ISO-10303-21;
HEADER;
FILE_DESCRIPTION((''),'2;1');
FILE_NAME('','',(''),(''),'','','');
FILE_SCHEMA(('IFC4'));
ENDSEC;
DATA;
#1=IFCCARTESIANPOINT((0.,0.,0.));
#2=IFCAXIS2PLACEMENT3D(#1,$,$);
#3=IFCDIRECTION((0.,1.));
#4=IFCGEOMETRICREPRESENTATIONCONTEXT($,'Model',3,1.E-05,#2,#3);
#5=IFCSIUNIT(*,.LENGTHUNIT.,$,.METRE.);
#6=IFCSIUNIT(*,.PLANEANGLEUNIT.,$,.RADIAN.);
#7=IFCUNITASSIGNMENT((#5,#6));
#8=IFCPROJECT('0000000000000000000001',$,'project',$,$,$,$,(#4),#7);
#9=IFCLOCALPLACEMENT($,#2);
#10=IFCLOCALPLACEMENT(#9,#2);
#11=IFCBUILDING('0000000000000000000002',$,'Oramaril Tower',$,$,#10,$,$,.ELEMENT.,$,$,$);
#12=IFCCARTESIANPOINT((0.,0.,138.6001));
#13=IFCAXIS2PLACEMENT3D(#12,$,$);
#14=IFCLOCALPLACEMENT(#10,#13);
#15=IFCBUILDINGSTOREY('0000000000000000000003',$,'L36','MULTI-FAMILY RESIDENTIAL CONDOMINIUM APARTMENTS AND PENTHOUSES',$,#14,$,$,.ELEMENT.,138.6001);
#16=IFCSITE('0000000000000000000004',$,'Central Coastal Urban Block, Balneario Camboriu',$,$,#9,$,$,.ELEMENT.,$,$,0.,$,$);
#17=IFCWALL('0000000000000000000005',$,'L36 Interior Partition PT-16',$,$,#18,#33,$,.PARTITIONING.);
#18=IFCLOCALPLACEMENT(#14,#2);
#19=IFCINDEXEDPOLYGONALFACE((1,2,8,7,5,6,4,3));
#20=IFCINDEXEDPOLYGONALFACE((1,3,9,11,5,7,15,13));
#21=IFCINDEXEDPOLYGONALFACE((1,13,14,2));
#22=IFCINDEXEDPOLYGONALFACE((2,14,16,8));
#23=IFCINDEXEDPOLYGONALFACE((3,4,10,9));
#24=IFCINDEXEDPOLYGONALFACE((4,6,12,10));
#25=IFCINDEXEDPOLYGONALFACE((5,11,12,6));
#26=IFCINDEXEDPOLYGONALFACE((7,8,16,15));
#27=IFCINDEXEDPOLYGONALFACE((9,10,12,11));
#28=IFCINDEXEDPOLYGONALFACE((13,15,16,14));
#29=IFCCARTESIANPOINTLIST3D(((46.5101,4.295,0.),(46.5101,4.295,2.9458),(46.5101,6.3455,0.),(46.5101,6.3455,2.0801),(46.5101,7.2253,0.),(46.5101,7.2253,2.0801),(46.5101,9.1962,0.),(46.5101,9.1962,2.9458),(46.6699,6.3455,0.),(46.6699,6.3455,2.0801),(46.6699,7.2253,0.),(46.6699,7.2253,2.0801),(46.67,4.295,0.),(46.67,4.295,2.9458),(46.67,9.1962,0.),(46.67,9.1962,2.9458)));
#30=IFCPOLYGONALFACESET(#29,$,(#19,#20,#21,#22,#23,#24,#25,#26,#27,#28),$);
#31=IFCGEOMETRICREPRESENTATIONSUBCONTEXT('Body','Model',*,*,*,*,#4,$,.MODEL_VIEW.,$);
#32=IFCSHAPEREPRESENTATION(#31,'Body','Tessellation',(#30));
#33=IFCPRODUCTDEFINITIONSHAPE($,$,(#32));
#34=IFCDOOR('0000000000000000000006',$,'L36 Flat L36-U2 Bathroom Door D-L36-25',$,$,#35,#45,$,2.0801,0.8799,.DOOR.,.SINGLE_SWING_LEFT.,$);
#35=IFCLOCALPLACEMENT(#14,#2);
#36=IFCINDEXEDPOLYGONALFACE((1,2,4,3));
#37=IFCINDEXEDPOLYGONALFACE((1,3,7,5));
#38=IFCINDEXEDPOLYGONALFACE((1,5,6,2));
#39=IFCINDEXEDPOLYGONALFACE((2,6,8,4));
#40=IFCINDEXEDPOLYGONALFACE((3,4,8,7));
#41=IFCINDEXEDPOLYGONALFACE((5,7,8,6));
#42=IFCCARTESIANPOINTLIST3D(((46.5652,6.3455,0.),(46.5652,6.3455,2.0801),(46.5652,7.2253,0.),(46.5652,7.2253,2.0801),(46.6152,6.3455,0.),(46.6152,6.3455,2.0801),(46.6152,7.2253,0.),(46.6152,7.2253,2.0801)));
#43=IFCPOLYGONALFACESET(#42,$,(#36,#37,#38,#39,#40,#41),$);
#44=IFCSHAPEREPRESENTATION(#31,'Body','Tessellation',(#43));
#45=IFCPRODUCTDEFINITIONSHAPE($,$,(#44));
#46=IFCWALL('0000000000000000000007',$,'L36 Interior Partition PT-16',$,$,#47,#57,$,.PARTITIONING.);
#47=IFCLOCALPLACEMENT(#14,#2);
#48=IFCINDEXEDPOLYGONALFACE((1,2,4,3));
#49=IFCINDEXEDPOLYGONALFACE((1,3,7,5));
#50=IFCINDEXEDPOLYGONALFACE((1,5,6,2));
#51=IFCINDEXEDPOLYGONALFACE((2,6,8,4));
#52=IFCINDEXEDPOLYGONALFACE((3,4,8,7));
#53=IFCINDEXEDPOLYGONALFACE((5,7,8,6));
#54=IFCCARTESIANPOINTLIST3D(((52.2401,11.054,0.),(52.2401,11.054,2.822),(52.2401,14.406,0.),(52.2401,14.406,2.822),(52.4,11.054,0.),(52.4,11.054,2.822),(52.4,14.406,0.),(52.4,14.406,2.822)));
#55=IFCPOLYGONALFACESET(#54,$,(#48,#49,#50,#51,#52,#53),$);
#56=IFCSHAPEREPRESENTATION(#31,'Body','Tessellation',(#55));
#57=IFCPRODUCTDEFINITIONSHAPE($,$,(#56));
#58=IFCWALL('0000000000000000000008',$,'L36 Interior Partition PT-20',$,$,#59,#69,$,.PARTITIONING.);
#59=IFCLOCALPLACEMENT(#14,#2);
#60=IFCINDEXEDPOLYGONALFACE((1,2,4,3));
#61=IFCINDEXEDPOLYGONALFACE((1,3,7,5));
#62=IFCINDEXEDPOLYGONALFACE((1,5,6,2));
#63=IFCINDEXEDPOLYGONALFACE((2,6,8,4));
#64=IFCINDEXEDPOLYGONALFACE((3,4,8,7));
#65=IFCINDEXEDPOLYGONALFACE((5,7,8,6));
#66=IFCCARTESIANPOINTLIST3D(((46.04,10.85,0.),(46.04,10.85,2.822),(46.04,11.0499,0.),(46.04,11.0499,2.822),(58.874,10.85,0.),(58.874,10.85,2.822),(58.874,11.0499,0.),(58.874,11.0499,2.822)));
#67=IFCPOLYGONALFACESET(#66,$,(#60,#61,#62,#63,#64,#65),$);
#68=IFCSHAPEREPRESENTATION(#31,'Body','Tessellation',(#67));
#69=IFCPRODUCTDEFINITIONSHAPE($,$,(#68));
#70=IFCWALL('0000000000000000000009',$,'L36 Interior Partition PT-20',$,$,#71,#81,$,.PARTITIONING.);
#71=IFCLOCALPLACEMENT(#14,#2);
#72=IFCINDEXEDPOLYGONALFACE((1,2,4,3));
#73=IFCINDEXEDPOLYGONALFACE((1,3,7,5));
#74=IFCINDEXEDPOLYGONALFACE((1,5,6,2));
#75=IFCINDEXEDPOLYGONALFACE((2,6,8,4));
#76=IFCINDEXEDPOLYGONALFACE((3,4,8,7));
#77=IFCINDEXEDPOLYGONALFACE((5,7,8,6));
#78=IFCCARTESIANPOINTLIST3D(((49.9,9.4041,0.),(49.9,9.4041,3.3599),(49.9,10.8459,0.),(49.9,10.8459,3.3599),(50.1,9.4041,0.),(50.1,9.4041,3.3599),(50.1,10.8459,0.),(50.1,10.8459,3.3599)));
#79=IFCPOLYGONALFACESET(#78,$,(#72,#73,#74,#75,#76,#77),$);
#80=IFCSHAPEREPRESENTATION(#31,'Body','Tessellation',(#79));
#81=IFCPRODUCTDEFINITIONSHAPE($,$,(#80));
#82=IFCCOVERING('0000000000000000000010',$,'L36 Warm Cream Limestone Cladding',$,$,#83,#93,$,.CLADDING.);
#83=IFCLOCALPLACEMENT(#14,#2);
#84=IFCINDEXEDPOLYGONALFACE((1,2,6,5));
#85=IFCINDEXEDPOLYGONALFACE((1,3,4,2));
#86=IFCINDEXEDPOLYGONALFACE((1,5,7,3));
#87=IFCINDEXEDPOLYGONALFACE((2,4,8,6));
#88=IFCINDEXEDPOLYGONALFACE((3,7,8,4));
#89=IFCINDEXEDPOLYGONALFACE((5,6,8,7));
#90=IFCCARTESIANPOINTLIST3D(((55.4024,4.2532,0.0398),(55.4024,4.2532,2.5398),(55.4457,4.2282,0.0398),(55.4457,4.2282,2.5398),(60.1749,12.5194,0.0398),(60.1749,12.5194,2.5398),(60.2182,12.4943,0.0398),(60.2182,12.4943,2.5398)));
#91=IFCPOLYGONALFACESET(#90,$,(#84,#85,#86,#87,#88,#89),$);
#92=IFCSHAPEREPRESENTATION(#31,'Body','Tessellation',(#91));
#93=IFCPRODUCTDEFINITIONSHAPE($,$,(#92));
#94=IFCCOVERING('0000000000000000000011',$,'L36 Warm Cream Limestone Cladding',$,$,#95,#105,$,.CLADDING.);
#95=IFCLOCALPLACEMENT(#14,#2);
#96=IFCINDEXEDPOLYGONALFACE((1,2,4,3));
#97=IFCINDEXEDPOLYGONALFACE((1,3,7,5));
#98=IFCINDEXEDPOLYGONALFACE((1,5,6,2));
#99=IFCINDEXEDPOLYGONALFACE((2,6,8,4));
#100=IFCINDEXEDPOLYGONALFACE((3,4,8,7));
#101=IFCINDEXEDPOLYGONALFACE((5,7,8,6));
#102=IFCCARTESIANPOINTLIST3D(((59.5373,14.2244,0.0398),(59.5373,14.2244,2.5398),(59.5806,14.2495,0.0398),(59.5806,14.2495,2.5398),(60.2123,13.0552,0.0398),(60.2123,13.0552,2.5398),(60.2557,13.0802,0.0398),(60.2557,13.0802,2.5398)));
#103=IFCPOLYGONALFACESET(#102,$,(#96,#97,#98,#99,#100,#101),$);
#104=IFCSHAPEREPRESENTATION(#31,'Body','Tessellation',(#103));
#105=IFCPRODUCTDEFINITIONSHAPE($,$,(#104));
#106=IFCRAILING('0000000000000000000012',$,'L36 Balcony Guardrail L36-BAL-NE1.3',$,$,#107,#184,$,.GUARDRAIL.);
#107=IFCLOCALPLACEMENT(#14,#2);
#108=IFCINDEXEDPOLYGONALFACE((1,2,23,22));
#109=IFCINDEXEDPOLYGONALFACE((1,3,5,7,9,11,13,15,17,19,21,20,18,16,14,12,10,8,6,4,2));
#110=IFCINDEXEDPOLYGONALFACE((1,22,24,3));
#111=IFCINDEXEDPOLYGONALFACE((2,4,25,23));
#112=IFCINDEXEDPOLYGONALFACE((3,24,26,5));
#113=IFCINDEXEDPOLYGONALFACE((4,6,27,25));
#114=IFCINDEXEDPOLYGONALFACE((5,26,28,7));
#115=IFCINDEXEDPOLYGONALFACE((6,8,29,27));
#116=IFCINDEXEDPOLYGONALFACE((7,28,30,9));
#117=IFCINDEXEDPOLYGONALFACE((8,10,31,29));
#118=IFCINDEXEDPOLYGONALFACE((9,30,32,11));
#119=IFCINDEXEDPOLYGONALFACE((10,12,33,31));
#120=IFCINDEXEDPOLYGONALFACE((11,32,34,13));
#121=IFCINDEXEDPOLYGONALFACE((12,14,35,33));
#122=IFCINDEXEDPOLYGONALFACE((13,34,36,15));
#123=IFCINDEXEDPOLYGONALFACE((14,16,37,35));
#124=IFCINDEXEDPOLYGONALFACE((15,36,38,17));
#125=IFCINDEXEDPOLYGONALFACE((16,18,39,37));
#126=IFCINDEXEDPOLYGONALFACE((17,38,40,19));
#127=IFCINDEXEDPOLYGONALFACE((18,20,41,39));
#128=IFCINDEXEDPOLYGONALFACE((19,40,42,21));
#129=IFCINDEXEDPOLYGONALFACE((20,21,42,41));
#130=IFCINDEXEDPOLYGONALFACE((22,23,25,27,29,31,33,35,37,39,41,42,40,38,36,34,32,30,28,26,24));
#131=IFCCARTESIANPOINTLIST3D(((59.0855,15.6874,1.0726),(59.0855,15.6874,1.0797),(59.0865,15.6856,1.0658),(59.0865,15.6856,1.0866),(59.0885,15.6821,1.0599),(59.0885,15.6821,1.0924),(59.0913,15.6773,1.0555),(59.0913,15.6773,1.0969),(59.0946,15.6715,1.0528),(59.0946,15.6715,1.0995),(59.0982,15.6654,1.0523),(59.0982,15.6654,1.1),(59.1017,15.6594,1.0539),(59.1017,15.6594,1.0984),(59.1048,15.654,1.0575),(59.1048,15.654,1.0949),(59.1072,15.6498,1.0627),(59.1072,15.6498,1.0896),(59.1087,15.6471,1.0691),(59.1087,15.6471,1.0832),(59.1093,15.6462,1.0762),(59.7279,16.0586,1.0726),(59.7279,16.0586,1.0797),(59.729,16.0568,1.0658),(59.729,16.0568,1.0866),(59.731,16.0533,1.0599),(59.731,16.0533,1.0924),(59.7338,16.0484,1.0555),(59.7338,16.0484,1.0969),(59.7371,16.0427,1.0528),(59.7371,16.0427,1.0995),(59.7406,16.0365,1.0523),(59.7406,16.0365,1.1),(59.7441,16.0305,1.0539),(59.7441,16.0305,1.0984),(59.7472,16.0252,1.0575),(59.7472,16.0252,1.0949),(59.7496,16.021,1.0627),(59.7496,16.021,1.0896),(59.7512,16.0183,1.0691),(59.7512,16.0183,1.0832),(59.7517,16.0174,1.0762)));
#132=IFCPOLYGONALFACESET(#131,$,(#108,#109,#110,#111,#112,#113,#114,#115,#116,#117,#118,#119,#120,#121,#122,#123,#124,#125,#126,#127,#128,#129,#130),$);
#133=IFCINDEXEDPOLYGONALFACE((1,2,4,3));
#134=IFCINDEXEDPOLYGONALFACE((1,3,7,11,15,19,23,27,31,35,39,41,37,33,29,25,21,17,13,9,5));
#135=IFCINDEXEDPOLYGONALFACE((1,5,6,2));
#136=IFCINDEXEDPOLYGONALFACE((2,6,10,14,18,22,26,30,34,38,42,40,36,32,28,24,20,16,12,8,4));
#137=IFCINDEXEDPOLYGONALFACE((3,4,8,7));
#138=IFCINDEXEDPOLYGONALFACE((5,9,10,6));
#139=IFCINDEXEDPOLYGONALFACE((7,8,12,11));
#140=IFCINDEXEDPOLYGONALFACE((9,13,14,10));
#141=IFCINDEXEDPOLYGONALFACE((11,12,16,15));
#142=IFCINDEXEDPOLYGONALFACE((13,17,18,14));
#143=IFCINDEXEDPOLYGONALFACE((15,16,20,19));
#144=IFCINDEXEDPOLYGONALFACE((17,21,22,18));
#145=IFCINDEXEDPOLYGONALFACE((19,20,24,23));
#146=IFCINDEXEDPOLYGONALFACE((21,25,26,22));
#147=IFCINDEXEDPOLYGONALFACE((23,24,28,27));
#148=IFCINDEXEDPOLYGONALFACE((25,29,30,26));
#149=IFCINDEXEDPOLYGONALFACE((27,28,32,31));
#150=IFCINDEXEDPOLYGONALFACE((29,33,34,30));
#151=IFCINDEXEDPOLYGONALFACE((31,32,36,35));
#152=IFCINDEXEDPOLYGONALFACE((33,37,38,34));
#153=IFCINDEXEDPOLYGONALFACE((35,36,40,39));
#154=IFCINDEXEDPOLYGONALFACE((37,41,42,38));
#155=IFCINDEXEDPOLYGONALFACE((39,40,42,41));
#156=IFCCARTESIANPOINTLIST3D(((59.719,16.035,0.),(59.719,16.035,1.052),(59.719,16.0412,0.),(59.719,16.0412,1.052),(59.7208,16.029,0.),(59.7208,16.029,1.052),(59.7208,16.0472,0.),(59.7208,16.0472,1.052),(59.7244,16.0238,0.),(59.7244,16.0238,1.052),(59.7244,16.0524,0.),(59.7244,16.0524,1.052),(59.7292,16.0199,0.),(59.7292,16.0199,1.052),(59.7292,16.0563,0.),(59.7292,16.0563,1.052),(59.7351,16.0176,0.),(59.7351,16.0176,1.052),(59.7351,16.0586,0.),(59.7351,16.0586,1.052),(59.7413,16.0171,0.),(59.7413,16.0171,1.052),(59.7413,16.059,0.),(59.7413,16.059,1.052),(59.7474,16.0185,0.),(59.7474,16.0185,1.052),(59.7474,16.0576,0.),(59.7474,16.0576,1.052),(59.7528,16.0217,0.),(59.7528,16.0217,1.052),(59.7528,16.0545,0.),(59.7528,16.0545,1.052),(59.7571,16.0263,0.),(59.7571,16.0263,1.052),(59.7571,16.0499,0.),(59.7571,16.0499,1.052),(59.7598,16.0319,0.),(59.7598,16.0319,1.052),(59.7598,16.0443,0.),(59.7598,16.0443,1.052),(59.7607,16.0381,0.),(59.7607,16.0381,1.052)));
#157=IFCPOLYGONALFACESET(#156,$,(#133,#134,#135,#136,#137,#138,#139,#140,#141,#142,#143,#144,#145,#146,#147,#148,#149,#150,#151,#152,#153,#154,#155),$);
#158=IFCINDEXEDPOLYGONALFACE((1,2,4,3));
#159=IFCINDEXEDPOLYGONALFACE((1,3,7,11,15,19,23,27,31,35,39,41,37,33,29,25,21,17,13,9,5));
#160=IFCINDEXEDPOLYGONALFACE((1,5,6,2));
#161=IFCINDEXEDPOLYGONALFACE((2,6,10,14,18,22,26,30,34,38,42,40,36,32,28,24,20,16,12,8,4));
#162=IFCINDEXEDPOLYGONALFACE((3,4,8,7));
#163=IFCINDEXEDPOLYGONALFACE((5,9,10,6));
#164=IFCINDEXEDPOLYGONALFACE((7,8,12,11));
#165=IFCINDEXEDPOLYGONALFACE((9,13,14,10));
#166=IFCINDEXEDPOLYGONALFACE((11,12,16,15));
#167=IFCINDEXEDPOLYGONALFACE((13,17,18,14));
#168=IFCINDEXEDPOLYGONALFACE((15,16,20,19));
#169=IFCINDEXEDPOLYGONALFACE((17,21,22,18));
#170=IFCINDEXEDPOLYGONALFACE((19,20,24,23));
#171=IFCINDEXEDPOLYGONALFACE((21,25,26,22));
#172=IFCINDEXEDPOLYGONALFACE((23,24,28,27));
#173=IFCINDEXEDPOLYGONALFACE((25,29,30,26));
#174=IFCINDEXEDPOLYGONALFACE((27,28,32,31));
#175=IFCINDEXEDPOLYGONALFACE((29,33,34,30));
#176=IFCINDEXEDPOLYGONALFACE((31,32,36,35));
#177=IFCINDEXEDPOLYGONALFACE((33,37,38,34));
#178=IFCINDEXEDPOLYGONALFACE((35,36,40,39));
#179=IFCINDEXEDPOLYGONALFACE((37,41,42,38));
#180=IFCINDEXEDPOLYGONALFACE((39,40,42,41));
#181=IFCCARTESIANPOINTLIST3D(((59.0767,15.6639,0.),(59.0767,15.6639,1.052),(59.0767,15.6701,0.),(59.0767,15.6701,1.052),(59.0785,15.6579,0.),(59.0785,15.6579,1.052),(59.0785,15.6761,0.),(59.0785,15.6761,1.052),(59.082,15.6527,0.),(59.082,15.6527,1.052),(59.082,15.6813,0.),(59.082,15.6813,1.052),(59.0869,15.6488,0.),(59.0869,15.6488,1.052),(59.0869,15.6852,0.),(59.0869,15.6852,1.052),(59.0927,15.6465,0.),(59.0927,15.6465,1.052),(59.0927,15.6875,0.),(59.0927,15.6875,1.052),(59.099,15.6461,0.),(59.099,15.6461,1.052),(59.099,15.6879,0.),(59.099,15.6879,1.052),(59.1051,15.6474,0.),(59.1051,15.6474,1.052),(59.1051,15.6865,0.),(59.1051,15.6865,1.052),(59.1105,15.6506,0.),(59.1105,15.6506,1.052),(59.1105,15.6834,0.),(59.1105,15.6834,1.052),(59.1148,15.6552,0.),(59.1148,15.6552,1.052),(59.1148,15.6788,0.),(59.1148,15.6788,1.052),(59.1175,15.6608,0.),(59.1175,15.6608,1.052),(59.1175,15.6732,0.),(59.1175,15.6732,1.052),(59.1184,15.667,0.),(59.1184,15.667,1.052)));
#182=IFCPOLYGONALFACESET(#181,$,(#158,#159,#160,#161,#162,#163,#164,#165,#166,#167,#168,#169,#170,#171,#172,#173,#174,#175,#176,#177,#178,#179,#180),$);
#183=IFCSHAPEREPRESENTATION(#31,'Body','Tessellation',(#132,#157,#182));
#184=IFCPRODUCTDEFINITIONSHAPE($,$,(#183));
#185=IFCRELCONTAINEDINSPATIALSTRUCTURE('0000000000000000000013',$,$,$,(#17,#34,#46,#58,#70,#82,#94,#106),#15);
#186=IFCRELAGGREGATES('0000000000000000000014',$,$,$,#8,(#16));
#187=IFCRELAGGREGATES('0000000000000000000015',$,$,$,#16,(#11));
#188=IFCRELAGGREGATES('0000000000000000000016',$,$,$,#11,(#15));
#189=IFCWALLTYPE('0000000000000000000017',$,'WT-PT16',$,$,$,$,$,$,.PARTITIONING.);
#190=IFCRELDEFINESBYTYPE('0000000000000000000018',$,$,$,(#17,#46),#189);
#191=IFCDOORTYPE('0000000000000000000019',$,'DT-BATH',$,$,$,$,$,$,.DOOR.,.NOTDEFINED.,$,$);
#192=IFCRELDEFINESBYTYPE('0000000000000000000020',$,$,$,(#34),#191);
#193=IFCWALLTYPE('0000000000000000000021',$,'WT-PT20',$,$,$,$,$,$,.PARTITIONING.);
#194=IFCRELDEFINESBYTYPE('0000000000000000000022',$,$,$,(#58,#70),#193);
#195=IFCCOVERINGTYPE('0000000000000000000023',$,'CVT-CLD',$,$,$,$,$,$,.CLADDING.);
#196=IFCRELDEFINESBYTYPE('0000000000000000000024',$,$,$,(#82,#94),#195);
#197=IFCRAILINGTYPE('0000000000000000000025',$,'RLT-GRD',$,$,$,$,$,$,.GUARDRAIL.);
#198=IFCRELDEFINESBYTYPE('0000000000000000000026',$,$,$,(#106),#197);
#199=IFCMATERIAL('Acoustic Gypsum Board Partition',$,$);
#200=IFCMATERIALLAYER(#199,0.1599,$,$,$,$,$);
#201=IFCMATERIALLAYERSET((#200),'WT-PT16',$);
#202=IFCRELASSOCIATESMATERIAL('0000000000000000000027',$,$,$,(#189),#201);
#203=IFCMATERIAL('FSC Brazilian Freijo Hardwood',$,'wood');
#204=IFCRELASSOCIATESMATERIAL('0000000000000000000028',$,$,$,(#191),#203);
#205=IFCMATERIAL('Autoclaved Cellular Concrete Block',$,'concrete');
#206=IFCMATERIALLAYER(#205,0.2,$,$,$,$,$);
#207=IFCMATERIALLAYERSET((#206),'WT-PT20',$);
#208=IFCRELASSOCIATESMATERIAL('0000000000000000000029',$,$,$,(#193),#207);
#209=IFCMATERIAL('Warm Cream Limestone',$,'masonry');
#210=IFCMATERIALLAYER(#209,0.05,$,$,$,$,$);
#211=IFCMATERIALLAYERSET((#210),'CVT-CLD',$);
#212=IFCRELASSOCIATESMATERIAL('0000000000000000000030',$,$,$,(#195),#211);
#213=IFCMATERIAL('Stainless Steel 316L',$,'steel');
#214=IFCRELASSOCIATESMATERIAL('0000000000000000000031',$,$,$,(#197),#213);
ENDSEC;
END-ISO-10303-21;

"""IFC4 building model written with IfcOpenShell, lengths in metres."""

from ifc_helpers import new_model, si_unit, direction, frame, frame_2d, origin, origin_2d, place, context, subcontext, project, spatial, rectangle, circle, extrude, material, layer, layer_set, type_object, element, fill, save


model = new_model("IFC4")

# Units and contexts
model_context = context("Model", 3, precision=1e-05, world=origin(), true_north=direction((0.0, 1.0)))
body_context = subcontext(model_context, "Body", "Model", "MODEL_VIEW")
ifc_project = project(units=[si_unit("LENGTHUNIT", "METRE"), si_unit("PLANEANGLEUNIT", "RADIAN")], contexts=[model_context])

# Site, building, storey
site_placement = place(None, origin())
site = spatial("IfcSite", under=ifc_project, at=site_placement, Name="Central Coastal Urban Block, Balneario Camboriu", CompositionType="ELEMENT", RefElevation=0.0)
building_placement = place(site_placement, origin())
building = spatial("IfcBuilding", under=site, at=building_placement, Name="Oramaril Tower", CompositionType="ELEMENT")
storey_placement = place(building_placement, frame((0.0, 0.0, 138.6001)))
storey = spatial("IfcBuildingStorey", under=building, at=storey_placement, Name="L36", Description="MULTI-FAMILY RESIDENTIAL CONDOMINIUM APARTMENTS AND PENTHOUSES", CompositionType="ELEMENT", Elevation=138.6001)

# Wall, opening, door
ifc_material_1 = material(Name="Acoustic Gypsum Board Partition")
ifc_layer_1 = layer(ifc_material_1, 0.1599)
ifc_layer_set_1 = layer_set([ifc_layer_1], Name="WT-PT16")
wall_type_1 = type_object("IfcWallType", Name="WT-PT16", PredefinedType="PARTITIONING", material=ifc_layer_set_1)
wall_1_placement = place(storey_placement, frame((46.5901, 4.2949, 0.0), z_axis=(0.0, 0.0, 1.0), x_axis=(0.0, 1.0, 0.0)))
wall_1 = element("IfcWall", 1, at=wall_1_placement, inside=storey, type_object=wall_type_1, Name="L36 Interior Partition PT-16", PredefinedType="PARTITIONING", context=body_context, shape_type="SweptSolid", body=[
    extrude(rectangle(XDim=4.9011, YDim=0.1599, at=frame_2d((2.4507, 0.0))), origin(), (0.0, 0.0, 1.0), 2.9458),
])
opening_1_placement = place(wall_1_placement, frame((2.0505, 0.0, 0.0)))
opening_1 = element("IfcOpeningElement", 2, at=opening_1_placement, cuts=wall_1, PredefinedType="OPENING", context=body_context, shape_type="SweptSolid", body=[
    extrude(rectangle(XDim=0.8799, YDim=2.0801, at=frame_2d((0.4399, 1.04))), frame((0.0, 0.0801, 0.0), z_axis=(0.0, -1.0, 0.0), x_axis=(1.0, 0.0, 0.0)), (0.0, 0.0, 1.0), 0.1599),
])
ifc_material_2 = material(Name="FSC Brazilian Freijo Hardwood", Category="wood")
door_type_1 = type_object("IfcDoorType", Name="DT-BATH", OperationType="NOTDEFINED", PredefinedType="DOOR", material=ifc_material_2)
door_1_placement = place(opening_1_placement, origin())
door_1 = element("IfcDoor", 3, at=door_1_placement, inside=storey, type_object=door_type_1, Name="L36 Flat L36-U2 Bathroom Door D-L36-25", OperationType="SINGLE_SWING_LEFT", OverallHeight=2.0801, OverallWidth=0.8799, PredefinedType="DOOR", context=body_context, shape_type="SweptSolid", body=[
    extrude(rectangle(XDim=0.8799, YDim=2.0801, at=frame_2d((0.4399, 1.04))), frame((0.0, 0.0249, 0.0), z_axis=(0.0, -1.0, 0.0), x_axis=(1.0, 0.0, 0.0)), (0.0, 0.0, 1.0), 0.05),
])
fill(opening_1, door_1)

# Walls
wall_2_placement = place(storey_placement, frame((52.3201, 11.054, 0.0), z_axis=(0.0, 0.0, 1.0), x_axis=(0.0, 1.0, 0.0)))
element("IfcWall", 4, at=wall_2_placement, inside=storey, type_object=wall_type_1, Name="L36 Interior Partition PT-16", PredefinedType="PARTITIONING", context=body_context, shape_type="SweptSolid", body=[
    extrude(rectangle(XDim=3.3521, YDim=0.1599, at=frame_2d((1.676, 0.0))), origin(), (0.0, 0.0, 1.0), 2.822),
])
ifc_material_3 = material(Name="Autoclaved Cellular Concrete Block", Category="concrete")
ifc_layer_2 = layer(ifc_material_3, 0.2)
ifc_layer_set_2 = layer_set([ifc_layer_2], Name="WT-PT20")
wall_type_2 = type_object("IfcWallType", Name="WT-PT20", PredefinedType="PARTITIONING", material=ifc_layer_set_2)
wall_3_placement = place(storey_placement, frame((46.04, 10.95, 0.0), z_axis=(0.0, 0.0, 1.0), x_axis=(1.0, 0.0, 0.0)))
element("IfcWall", 5, at=wall_3_placement, inside=storey, type_object=wall_type_2, Name="L36 Interior Partition PT-20", PredefinedType="PARTITIONING", context=body_context, shape_type="SweptSolid", body=[
    extrude(rectangle(XDim=12.834, YDim=0.2, at=frame_2d((6.417, 0.0))), origin(), (0.0, 0.0, 1.0), 2.822),
])
wall_4_placement = place(storey_placement, frame((50.0, 9.4041, 0.0), z_axis=(0.0, 0.0, 1.0), x_axis=(0.0, 1.0, 0.0)))
element("IfcWall", 6, at=wall_4_placement, inside=storey, type_object=wall_type_2, Name="L36 Interior Partition PT-20", PredefinedType="PARTITIONING", context=body_context, shape_type="SweptSolid", body=[
    extrude(rectangle(XDim=1.4419, YDim=0.2, at=frame_2d((0.7209, 0.0))), origin(), (0.0, 0.0, 1.0), 3.3599),
])

# Coverings
ifc_material_4 = material(Name="Warm Cream Limestone", Category="masonry")
ifc_layer_3 = layer(ifc_material_4, 0.05)
ifc_layer_set_3 = layer_set([ifc_layer_3], Name="CVT-CLD")
covering_type = type_object("IfcCoveringType", Name="CVT-CLD", PredefinedType="CLADDING", material=ifc_layer_set_3)
covering_1_placement = place(storey_placement, frame((57.8103, 8.3738, 0.0398), z_axis=(0.0, 0.0, 1.0), x_axis=(0.500002, 0.866025, 0.0)))
element("IfcCovering", 7, at=covering_1_placement, inside=storey, type_object=covering_type, Name="L36 Warm Cream Limestone Cladding", PredefinedType="CLADDING", context=body_context, shape_type="SweptSolid", body=[
    extrude(rectangle(XDim=9.5449, YDim=0.05, at=origin_2d()), origin(), (0.0, 0.0, 1.0), 2.5),
])
covering_2_placement = place(storey_placement, frame((59.8965, 13.6523, 0.0398), z_axis=(0.0, 0.0, 1.0), x_axis=(-0.5, 0.866025, 0.0)))
element("IfcCovering", 8, at=covering_2_placement, inside=storey, type_object=covering_type, Name="L36 Warm Cream Limestone Cladding", PredefinedType="CLADDING", context=body_context, shape_type="SweptSolid", body=[
    extrude(rectangle(XDim=1.3501, YDim=0.05, at=origin_2d()), origin(), (0.0, 0.0, 1.0), 2.5),
])

# Railing
ifc_material_5 = material(Name="Stainless Steel 316L", Category="steel")
railing_type = type_object("IfcRailingType", Name="RLT-GRD", PredefinedType="GUARDRAIL", material=ifc_material_5)
railing_placement = place(storey_placement, frame((59.7397, 16.0381, 0.0)))
element("IfcRailing", 9, at=railing_placement, inside=storey, type_object=railing_type, Name="L36 Balcony Guardrail L36-BAL-NE1.3", PredefinedType="GUARDRAIL", context=body_context, shape_type="SweptSolid", body=[
    extrude(circle(Radius=0.0239, at=origin_2d()), frame((0.0, 0.0, 1.0762), z_axis=(-0.865884, -0.500245, 0.0), x_axis=(0.500245, -0.865884, 0.0)), (0.0, 0.0, 1.0), 0.7419),
    extrude(circle(Radius=0.021, at=origin_2d()), origin(), (0.0, 0.0, 1.0), 1.052),
    extrude(circle(Radius=0.021, at=origin_2d()), frame((-0.6423, -0.3711, 0.0)), (0.0, 0.0, 1.0), 1.052),
])

save(model, "model.ifc")
